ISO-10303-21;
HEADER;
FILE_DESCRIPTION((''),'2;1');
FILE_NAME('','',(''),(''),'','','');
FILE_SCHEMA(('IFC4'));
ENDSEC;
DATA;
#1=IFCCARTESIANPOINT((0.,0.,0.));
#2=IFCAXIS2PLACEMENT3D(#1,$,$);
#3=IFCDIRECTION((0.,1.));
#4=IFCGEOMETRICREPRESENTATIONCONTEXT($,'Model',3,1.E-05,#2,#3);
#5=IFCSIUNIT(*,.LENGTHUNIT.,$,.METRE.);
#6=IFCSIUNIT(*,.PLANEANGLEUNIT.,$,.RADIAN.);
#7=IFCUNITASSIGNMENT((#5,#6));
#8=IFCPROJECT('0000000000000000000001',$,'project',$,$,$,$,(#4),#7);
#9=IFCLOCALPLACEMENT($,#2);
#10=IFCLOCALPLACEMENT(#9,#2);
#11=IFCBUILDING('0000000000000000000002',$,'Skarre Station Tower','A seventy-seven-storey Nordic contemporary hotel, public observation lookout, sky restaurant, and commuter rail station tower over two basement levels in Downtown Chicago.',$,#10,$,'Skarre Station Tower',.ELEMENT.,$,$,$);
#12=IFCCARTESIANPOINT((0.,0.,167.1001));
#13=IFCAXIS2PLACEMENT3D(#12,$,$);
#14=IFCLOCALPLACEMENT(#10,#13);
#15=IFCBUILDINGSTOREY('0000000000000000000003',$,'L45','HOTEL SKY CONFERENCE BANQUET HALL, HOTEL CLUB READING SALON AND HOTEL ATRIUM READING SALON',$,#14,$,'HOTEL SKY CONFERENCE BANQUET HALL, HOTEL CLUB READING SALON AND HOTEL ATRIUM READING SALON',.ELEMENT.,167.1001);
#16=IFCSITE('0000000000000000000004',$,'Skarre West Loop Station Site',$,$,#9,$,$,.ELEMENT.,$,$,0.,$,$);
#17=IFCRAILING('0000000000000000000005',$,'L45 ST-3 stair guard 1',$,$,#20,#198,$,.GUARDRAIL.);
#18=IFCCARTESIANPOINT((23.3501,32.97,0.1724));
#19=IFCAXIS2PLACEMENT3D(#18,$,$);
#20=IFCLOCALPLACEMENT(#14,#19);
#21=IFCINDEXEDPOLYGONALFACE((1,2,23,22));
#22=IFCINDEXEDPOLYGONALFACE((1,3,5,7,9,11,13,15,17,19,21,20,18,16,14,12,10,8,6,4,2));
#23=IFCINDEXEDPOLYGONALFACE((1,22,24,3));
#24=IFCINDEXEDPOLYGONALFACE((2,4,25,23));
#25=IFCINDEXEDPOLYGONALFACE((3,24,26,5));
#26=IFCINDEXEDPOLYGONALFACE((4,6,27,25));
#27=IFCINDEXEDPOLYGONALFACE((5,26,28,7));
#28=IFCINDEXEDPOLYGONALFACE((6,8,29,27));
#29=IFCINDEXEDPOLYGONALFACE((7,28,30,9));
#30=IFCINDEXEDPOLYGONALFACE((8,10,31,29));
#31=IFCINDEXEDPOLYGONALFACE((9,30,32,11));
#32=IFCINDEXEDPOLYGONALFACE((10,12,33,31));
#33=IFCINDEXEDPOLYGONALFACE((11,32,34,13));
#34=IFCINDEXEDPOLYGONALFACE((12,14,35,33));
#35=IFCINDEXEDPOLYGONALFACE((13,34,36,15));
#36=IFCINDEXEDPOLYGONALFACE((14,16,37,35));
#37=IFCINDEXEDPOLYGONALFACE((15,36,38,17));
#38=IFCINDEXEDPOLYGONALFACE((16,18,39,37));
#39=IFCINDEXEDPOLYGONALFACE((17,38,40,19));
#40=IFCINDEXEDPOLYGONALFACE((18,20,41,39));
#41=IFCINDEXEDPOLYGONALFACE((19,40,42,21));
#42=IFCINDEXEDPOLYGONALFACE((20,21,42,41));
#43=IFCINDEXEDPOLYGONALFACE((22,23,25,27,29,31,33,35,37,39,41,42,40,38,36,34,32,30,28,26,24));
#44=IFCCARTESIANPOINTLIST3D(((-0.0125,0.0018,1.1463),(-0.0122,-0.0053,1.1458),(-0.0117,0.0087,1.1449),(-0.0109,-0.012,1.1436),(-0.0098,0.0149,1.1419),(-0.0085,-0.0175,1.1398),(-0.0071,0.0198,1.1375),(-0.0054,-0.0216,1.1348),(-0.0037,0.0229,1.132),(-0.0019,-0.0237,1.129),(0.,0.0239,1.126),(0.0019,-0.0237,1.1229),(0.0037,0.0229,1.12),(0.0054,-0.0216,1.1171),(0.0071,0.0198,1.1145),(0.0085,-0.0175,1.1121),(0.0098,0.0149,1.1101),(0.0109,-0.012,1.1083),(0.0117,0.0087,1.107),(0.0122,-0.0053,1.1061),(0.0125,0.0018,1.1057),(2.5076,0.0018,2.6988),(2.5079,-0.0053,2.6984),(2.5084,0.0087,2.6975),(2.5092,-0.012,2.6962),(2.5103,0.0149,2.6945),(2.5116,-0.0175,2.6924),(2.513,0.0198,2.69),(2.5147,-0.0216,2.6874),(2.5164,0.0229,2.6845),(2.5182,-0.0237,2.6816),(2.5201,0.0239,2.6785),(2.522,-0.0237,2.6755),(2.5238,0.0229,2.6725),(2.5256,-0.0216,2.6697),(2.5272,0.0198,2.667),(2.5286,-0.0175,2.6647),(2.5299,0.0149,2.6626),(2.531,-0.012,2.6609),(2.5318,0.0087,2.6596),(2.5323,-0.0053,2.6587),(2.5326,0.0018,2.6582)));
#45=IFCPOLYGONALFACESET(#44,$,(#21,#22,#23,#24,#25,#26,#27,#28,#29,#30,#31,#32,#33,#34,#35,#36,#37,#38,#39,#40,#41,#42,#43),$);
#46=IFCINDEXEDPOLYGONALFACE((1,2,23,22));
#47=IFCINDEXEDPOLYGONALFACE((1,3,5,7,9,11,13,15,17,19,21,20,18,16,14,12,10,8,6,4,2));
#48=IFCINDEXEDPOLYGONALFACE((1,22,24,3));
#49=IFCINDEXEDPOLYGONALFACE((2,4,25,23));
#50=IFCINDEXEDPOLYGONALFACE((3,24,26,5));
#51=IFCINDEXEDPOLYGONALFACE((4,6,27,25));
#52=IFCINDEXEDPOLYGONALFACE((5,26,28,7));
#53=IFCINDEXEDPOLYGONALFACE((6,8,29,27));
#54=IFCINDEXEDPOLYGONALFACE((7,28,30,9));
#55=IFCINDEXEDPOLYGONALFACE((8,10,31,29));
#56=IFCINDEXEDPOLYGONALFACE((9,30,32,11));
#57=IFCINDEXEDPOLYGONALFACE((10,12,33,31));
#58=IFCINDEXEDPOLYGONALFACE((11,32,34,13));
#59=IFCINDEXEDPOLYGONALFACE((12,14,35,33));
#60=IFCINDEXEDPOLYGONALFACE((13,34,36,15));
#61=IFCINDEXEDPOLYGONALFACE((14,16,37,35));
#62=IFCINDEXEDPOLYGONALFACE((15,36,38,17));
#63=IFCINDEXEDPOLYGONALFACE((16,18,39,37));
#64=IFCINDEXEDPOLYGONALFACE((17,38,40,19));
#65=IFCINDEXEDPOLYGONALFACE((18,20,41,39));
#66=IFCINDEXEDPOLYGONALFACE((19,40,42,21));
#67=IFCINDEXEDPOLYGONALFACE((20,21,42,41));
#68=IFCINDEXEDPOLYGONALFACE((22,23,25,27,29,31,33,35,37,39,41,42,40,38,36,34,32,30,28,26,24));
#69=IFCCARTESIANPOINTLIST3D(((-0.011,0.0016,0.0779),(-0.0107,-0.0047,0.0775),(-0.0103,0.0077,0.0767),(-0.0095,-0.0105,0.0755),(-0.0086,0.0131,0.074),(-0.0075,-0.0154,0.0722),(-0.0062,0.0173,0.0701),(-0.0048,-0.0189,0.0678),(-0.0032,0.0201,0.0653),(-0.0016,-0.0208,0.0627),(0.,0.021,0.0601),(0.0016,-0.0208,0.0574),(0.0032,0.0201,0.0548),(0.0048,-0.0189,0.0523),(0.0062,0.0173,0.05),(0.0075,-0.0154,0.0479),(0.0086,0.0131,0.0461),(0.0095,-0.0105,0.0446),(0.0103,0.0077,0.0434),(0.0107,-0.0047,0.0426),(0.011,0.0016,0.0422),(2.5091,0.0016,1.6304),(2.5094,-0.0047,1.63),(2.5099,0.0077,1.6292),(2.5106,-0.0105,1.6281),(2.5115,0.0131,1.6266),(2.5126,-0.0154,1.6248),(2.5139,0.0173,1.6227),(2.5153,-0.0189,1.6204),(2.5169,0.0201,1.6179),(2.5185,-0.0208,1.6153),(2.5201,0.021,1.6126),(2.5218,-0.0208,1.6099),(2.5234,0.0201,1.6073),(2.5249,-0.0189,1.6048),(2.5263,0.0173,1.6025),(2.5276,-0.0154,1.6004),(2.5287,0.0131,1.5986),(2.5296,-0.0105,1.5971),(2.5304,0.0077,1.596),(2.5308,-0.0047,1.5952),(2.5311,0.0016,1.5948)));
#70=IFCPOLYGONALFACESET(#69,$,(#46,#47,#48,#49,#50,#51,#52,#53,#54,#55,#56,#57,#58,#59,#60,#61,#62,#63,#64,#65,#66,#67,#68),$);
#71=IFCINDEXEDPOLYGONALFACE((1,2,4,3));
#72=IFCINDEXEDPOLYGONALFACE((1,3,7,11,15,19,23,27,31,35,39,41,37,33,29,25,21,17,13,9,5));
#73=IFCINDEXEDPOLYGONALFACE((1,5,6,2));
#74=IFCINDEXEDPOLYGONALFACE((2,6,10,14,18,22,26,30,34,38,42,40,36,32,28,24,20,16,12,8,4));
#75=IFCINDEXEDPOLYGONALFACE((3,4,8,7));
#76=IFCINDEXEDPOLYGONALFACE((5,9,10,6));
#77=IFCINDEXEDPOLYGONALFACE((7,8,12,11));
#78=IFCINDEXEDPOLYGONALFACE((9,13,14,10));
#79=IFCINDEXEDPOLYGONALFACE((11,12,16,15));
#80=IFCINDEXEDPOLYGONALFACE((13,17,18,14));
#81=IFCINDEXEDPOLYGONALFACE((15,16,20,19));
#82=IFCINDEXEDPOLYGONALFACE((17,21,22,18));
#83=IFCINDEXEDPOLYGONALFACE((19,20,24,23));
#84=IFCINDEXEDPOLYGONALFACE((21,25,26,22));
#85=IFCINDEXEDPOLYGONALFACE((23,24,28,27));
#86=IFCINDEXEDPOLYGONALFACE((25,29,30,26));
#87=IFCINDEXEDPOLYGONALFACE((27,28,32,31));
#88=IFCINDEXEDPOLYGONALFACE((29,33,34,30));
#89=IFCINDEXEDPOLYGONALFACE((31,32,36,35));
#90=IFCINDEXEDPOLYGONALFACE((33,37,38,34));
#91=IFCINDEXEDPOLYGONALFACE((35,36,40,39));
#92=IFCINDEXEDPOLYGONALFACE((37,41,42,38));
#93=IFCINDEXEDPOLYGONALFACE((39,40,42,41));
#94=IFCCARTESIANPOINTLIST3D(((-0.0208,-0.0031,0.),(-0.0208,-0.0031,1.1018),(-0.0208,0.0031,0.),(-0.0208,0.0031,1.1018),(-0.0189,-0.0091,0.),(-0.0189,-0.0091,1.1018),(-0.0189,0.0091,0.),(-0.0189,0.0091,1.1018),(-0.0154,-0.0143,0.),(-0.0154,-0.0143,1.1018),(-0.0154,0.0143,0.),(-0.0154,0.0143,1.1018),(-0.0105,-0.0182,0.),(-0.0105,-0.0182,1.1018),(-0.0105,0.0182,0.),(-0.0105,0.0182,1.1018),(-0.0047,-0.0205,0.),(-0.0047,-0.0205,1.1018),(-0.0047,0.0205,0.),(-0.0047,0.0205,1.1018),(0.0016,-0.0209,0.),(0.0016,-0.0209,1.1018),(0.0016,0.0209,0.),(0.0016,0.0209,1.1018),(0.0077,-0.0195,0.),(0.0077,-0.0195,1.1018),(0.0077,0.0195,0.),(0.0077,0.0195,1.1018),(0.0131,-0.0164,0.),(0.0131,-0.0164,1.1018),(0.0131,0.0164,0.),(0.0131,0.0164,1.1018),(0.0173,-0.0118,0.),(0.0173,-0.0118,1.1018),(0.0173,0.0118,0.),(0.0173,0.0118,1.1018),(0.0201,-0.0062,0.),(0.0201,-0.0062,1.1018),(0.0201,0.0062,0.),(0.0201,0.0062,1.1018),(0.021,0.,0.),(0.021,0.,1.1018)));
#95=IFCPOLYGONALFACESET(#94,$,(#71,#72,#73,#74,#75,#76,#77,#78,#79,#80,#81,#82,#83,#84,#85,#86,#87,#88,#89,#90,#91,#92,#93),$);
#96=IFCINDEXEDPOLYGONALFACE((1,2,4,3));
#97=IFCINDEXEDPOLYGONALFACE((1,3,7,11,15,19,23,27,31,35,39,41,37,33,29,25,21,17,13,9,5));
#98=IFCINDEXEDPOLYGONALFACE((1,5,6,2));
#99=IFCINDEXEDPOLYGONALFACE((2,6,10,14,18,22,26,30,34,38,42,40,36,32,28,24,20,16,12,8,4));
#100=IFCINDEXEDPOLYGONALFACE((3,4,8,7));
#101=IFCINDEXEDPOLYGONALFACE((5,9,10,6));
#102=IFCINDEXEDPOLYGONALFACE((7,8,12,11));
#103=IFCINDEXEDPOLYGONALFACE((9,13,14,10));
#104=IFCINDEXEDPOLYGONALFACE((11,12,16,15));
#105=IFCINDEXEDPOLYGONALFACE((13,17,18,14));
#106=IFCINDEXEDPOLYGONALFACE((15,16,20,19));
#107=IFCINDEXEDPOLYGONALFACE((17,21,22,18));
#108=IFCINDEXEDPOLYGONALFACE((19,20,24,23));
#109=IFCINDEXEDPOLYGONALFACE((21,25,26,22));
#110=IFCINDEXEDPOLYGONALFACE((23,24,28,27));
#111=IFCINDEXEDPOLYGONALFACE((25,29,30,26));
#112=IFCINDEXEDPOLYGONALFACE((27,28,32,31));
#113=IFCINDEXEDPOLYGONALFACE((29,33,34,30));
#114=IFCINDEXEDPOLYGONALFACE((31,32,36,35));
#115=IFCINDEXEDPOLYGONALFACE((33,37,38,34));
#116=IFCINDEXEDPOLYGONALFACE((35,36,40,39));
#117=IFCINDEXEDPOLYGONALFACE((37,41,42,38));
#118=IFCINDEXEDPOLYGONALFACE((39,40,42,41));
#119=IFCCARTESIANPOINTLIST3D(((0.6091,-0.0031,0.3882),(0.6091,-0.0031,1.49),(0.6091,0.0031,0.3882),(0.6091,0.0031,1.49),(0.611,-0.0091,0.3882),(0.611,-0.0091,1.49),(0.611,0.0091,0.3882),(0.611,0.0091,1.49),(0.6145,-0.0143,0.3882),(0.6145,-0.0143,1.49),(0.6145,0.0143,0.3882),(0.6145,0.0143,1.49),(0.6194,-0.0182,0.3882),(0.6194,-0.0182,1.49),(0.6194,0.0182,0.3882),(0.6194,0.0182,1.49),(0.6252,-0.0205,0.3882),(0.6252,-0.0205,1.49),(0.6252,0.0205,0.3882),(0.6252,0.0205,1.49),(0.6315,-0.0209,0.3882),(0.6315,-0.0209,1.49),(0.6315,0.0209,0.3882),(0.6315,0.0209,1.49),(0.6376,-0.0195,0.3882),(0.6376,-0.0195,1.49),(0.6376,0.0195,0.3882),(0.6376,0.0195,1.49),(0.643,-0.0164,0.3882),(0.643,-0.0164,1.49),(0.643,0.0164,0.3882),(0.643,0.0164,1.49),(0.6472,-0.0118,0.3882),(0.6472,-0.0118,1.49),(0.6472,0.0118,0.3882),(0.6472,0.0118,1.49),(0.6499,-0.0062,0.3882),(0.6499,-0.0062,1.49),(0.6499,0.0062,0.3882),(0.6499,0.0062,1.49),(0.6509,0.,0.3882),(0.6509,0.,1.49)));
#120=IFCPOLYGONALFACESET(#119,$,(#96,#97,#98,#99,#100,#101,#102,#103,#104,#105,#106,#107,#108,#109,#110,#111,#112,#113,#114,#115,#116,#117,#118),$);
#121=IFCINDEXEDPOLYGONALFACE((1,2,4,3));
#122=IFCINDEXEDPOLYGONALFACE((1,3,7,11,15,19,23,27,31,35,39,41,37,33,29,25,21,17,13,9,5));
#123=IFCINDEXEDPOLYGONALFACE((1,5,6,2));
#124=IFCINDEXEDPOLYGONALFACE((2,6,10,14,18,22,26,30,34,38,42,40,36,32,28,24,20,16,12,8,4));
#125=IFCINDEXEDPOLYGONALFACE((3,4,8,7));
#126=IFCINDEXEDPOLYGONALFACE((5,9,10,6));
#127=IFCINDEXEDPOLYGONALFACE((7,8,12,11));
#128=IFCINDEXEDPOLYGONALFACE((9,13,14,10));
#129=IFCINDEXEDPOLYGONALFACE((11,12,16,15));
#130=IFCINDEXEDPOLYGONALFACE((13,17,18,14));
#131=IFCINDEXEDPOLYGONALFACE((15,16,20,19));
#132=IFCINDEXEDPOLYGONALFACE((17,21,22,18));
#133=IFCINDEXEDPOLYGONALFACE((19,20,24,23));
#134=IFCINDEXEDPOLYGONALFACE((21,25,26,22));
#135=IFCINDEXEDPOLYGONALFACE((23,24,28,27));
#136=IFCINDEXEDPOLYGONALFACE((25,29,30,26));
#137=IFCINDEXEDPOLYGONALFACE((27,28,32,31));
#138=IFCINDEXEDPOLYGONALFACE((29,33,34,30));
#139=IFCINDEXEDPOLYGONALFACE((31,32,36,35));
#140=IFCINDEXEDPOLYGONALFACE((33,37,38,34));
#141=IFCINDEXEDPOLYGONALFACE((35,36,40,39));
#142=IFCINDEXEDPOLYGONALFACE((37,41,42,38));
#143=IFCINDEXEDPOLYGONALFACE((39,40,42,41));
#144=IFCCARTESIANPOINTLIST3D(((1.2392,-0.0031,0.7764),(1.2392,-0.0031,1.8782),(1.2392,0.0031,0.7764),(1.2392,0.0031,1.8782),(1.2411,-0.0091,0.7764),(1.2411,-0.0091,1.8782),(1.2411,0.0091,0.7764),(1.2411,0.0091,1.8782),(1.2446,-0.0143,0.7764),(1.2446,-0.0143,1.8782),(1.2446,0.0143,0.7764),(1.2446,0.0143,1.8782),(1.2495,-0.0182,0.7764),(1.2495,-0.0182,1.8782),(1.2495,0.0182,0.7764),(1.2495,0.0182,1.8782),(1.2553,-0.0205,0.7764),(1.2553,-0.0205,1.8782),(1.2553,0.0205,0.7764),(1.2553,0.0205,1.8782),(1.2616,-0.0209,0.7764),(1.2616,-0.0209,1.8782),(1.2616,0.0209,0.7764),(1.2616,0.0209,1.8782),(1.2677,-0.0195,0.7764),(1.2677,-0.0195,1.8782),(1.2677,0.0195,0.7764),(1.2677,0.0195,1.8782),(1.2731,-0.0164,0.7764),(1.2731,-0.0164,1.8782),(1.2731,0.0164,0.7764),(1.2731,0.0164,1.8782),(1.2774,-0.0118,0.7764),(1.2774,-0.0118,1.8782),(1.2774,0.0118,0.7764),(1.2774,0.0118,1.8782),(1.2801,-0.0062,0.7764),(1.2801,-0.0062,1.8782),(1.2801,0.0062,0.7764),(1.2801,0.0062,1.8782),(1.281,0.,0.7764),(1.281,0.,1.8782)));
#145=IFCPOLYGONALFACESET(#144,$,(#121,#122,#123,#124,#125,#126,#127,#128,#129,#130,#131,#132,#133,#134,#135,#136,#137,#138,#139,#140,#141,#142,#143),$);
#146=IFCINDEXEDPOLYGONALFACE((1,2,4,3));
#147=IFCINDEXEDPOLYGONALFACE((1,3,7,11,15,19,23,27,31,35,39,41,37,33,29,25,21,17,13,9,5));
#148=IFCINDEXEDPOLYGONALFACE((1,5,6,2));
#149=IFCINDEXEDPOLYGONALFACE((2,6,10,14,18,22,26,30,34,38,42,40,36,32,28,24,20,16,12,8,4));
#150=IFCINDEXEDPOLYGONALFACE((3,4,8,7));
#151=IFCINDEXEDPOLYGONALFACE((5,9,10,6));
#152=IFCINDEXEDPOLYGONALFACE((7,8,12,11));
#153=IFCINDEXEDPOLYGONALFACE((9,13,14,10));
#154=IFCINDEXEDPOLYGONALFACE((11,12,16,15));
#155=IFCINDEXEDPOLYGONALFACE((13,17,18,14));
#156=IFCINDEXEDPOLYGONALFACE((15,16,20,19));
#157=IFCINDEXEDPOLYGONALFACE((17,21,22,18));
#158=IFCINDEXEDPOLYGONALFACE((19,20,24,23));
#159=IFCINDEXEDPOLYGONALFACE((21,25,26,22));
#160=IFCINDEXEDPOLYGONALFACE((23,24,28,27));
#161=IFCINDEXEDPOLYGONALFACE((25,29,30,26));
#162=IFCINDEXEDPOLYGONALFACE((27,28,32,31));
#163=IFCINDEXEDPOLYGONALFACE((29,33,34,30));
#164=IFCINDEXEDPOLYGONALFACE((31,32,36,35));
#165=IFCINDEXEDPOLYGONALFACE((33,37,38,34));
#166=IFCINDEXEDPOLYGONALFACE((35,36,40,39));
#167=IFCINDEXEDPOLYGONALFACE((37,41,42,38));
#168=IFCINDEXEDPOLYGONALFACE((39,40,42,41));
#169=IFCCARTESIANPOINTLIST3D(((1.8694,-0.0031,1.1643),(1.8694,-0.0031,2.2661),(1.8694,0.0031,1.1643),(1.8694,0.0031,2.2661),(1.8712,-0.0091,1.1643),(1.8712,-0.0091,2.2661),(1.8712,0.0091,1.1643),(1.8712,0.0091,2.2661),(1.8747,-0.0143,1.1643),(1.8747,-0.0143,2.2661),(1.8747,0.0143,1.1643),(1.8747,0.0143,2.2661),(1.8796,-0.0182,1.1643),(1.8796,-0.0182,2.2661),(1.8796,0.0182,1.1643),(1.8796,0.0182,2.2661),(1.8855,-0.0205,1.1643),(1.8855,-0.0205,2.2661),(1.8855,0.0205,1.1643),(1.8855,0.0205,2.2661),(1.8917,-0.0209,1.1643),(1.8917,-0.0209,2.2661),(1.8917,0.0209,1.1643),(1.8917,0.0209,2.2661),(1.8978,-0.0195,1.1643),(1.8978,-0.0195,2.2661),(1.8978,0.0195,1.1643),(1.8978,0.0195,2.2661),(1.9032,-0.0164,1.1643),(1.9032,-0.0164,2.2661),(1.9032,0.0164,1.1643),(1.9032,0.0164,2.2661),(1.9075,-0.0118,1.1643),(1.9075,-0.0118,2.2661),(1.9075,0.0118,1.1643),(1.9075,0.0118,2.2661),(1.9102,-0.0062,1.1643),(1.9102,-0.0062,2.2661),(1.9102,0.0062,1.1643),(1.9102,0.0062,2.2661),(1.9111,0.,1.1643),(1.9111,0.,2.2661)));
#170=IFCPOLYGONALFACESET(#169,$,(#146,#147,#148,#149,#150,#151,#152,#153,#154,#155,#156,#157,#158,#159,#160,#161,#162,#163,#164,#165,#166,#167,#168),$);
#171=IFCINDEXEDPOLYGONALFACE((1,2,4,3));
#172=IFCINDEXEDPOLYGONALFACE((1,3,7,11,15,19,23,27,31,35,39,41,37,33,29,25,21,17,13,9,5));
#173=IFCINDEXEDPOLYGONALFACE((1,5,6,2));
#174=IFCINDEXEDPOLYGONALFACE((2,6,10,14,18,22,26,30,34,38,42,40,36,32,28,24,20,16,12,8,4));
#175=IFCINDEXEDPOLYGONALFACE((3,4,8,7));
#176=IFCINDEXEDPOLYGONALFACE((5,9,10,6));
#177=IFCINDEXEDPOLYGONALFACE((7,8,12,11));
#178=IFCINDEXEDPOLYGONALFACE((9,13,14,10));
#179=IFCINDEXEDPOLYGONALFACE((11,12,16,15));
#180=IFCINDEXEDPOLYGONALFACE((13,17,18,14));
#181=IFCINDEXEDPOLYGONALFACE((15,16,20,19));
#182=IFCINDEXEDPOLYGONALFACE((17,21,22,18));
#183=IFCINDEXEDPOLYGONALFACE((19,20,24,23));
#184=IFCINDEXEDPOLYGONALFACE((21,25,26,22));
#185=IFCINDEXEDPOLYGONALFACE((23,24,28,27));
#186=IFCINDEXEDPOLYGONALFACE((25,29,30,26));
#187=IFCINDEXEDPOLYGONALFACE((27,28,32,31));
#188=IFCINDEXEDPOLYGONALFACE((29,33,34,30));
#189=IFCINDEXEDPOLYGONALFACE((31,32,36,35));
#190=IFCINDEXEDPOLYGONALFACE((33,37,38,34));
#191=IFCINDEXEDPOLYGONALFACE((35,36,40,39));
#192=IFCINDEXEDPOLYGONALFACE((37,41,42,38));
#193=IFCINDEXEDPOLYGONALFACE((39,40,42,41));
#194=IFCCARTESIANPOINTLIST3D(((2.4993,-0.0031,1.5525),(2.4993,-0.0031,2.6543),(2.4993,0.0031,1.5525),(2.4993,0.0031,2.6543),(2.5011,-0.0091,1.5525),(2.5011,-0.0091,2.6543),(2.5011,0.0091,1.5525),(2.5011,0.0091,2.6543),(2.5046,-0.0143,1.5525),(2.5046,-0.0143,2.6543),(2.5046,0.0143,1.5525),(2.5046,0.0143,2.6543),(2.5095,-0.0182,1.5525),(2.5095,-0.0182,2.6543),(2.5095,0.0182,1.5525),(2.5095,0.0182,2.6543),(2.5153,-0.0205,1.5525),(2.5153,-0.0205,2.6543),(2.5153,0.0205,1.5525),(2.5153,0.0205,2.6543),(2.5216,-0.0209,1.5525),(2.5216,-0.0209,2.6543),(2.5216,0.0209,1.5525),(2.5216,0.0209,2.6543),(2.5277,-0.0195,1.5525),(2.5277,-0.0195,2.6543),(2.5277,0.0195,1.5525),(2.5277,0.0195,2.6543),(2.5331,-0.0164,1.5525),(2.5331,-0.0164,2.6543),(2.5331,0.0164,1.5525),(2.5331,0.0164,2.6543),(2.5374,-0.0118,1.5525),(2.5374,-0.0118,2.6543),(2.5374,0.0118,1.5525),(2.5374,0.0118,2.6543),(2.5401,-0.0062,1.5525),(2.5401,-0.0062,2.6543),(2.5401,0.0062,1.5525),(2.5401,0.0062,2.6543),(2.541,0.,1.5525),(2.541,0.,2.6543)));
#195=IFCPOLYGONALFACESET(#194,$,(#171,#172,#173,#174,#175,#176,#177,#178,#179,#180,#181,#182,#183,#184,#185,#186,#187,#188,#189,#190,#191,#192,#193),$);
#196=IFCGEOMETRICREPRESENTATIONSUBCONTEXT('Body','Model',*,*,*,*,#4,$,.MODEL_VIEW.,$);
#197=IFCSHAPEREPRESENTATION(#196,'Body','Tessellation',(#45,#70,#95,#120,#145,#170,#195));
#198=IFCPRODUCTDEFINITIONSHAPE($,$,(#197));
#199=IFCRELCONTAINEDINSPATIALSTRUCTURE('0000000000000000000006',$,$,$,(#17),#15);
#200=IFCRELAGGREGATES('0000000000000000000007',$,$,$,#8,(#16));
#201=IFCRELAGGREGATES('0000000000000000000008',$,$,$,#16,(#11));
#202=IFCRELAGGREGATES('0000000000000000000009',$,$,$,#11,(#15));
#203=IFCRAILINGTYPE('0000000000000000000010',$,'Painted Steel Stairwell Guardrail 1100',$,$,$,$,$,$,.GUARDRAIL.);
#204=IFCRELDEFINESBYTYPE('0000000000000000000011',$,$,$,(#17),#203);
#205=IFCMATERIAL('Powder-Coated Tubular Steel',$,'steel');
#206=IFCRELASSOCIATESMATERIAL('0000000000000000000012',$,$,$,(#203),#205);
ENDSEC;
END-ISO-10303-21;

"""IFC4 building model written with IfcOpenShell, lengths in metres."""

from ifc_helpers import new_model, si_unit, direction, frame, origin, origin_2d, place, context, subcontext, project, spatial, circle, extrude, material, type_object, element, save


model = new_model("IFC4")

# Units and contexts
model_context = context("Model", 3, precision=1e-05, world=origin(), true_north=direction((0.0, 1.0)))
body_context = subcontext(model_context, "Body", "Model", "MODEL_VIEW")
ifc_project = project(units=[si_unit("LENGTHUNIT", "METRE"), si_unit("PLANEANGLEUNIT", "RADIAN")], contexts=[model_context])

# Site, building, storey
site_placement = place(None, origin())
site = spatial("IfcSite", under=ifc_project, at=site_placement, Name="Skarre West Loop Station Site", CompositionType="ELEMENT", RefElevation=0.0)
building_placement = place(site_placement, origin())
building = spatial("IfcBuilding", under=site, at=building_placement, Name="Skarre Station Tower", Description="A seventy-seven-storey Nordic contemporary hotel, public observation lookout, sky restaurant, and commuter rail station tower over two basement levels in Downtown Chicago.", LongName="Skarre Station Tower", CompositionType="ELEMENT")
storey_placement = place(building_placement, frame((0.0, 0.0, 167.1001)))
storey = spatial("IfcBuildingStorey", under=building, at=storey_placement, Name="L45", Description="HOTEL SKY CONFERENCE BANQUET HALL, HOTEL CLUB READING SALON AND HOTEL ATRIUM READING SALON", LongName="HOTEL SKY CONFERENCE BANQUET HALL, HOTEL CLUB READING SALON AND HOTEL ATRIUM READING SALON", CompositionType="ELEMENT", Elevation=167.1001)

# Railing
ifc_material_1 = material(Name="Powder-Coated Tubular Steel", Category="steel")
railing_type_1 = type_object("IfcRailingType", Name="Painted Steel Stairwell Guardrail 1100", PredefinedType="GUARDRAIL", material=ifc_material_1)
railing_1_placement = place(storey_placement, frame((23.3501, 32.97, 0.1724)))
element("IfcRailing", 1, at=railing_1_placement, inside=storey, type_object=railing_type_1, Name="L45 ST-3 stair guard 1", PredefinedType="GUARDRAIL", context=body_context, shape_type="SweptSolid", body=[
    extrude(circle(Radius=0.0239, at=origin_2d()), frame((0.0, 0.0, 1.126), z_axis=(0.8514, 0.0, 0.524516), x_axis=(0.0, 1.0, 0.0)), (0.0, 0.0, 1.0), 2.96),
    extrude(circle(Radius=0.021, at=origin_2d()), frame((0.0, 0.0, 0.0601), z_axis=(0.8514, 0.0, 0.524516), x_axis=(0.0, 1.0, 0.0)), (0.0, 0.0, 1.0), 2.96),
    extrude(circle(Radius=0.021, at=origin_2d()), origin(), (0.0, 0.0, 1.0), 1.1018),
    extrude(circle(Radius=0.021, at=origin_2d()), frame((0.6299, 0.0, 0.3882)), (0.0, 0.0, 1.0), 1.1018),
    extrude(circle(Radius=0.021, at=origin_2d()), frame((1.26, 0.0, 0.7764)), (0.0, 0.0, 1.0), 1.1018),
    extrude(circle(Radius=0.021, at=origin_2d()), frame((1.8901, 0.0, 1.1643)), (0.0, 0.0, 1.0), 1.1018),
    extrude(circle(Radius=0.021, at=origin_2d()), frame((2.52, 0.0, 1.5525)), (0.0, 0.0, 1.0), 1.1018),
])

save(model, "model.ifc")
